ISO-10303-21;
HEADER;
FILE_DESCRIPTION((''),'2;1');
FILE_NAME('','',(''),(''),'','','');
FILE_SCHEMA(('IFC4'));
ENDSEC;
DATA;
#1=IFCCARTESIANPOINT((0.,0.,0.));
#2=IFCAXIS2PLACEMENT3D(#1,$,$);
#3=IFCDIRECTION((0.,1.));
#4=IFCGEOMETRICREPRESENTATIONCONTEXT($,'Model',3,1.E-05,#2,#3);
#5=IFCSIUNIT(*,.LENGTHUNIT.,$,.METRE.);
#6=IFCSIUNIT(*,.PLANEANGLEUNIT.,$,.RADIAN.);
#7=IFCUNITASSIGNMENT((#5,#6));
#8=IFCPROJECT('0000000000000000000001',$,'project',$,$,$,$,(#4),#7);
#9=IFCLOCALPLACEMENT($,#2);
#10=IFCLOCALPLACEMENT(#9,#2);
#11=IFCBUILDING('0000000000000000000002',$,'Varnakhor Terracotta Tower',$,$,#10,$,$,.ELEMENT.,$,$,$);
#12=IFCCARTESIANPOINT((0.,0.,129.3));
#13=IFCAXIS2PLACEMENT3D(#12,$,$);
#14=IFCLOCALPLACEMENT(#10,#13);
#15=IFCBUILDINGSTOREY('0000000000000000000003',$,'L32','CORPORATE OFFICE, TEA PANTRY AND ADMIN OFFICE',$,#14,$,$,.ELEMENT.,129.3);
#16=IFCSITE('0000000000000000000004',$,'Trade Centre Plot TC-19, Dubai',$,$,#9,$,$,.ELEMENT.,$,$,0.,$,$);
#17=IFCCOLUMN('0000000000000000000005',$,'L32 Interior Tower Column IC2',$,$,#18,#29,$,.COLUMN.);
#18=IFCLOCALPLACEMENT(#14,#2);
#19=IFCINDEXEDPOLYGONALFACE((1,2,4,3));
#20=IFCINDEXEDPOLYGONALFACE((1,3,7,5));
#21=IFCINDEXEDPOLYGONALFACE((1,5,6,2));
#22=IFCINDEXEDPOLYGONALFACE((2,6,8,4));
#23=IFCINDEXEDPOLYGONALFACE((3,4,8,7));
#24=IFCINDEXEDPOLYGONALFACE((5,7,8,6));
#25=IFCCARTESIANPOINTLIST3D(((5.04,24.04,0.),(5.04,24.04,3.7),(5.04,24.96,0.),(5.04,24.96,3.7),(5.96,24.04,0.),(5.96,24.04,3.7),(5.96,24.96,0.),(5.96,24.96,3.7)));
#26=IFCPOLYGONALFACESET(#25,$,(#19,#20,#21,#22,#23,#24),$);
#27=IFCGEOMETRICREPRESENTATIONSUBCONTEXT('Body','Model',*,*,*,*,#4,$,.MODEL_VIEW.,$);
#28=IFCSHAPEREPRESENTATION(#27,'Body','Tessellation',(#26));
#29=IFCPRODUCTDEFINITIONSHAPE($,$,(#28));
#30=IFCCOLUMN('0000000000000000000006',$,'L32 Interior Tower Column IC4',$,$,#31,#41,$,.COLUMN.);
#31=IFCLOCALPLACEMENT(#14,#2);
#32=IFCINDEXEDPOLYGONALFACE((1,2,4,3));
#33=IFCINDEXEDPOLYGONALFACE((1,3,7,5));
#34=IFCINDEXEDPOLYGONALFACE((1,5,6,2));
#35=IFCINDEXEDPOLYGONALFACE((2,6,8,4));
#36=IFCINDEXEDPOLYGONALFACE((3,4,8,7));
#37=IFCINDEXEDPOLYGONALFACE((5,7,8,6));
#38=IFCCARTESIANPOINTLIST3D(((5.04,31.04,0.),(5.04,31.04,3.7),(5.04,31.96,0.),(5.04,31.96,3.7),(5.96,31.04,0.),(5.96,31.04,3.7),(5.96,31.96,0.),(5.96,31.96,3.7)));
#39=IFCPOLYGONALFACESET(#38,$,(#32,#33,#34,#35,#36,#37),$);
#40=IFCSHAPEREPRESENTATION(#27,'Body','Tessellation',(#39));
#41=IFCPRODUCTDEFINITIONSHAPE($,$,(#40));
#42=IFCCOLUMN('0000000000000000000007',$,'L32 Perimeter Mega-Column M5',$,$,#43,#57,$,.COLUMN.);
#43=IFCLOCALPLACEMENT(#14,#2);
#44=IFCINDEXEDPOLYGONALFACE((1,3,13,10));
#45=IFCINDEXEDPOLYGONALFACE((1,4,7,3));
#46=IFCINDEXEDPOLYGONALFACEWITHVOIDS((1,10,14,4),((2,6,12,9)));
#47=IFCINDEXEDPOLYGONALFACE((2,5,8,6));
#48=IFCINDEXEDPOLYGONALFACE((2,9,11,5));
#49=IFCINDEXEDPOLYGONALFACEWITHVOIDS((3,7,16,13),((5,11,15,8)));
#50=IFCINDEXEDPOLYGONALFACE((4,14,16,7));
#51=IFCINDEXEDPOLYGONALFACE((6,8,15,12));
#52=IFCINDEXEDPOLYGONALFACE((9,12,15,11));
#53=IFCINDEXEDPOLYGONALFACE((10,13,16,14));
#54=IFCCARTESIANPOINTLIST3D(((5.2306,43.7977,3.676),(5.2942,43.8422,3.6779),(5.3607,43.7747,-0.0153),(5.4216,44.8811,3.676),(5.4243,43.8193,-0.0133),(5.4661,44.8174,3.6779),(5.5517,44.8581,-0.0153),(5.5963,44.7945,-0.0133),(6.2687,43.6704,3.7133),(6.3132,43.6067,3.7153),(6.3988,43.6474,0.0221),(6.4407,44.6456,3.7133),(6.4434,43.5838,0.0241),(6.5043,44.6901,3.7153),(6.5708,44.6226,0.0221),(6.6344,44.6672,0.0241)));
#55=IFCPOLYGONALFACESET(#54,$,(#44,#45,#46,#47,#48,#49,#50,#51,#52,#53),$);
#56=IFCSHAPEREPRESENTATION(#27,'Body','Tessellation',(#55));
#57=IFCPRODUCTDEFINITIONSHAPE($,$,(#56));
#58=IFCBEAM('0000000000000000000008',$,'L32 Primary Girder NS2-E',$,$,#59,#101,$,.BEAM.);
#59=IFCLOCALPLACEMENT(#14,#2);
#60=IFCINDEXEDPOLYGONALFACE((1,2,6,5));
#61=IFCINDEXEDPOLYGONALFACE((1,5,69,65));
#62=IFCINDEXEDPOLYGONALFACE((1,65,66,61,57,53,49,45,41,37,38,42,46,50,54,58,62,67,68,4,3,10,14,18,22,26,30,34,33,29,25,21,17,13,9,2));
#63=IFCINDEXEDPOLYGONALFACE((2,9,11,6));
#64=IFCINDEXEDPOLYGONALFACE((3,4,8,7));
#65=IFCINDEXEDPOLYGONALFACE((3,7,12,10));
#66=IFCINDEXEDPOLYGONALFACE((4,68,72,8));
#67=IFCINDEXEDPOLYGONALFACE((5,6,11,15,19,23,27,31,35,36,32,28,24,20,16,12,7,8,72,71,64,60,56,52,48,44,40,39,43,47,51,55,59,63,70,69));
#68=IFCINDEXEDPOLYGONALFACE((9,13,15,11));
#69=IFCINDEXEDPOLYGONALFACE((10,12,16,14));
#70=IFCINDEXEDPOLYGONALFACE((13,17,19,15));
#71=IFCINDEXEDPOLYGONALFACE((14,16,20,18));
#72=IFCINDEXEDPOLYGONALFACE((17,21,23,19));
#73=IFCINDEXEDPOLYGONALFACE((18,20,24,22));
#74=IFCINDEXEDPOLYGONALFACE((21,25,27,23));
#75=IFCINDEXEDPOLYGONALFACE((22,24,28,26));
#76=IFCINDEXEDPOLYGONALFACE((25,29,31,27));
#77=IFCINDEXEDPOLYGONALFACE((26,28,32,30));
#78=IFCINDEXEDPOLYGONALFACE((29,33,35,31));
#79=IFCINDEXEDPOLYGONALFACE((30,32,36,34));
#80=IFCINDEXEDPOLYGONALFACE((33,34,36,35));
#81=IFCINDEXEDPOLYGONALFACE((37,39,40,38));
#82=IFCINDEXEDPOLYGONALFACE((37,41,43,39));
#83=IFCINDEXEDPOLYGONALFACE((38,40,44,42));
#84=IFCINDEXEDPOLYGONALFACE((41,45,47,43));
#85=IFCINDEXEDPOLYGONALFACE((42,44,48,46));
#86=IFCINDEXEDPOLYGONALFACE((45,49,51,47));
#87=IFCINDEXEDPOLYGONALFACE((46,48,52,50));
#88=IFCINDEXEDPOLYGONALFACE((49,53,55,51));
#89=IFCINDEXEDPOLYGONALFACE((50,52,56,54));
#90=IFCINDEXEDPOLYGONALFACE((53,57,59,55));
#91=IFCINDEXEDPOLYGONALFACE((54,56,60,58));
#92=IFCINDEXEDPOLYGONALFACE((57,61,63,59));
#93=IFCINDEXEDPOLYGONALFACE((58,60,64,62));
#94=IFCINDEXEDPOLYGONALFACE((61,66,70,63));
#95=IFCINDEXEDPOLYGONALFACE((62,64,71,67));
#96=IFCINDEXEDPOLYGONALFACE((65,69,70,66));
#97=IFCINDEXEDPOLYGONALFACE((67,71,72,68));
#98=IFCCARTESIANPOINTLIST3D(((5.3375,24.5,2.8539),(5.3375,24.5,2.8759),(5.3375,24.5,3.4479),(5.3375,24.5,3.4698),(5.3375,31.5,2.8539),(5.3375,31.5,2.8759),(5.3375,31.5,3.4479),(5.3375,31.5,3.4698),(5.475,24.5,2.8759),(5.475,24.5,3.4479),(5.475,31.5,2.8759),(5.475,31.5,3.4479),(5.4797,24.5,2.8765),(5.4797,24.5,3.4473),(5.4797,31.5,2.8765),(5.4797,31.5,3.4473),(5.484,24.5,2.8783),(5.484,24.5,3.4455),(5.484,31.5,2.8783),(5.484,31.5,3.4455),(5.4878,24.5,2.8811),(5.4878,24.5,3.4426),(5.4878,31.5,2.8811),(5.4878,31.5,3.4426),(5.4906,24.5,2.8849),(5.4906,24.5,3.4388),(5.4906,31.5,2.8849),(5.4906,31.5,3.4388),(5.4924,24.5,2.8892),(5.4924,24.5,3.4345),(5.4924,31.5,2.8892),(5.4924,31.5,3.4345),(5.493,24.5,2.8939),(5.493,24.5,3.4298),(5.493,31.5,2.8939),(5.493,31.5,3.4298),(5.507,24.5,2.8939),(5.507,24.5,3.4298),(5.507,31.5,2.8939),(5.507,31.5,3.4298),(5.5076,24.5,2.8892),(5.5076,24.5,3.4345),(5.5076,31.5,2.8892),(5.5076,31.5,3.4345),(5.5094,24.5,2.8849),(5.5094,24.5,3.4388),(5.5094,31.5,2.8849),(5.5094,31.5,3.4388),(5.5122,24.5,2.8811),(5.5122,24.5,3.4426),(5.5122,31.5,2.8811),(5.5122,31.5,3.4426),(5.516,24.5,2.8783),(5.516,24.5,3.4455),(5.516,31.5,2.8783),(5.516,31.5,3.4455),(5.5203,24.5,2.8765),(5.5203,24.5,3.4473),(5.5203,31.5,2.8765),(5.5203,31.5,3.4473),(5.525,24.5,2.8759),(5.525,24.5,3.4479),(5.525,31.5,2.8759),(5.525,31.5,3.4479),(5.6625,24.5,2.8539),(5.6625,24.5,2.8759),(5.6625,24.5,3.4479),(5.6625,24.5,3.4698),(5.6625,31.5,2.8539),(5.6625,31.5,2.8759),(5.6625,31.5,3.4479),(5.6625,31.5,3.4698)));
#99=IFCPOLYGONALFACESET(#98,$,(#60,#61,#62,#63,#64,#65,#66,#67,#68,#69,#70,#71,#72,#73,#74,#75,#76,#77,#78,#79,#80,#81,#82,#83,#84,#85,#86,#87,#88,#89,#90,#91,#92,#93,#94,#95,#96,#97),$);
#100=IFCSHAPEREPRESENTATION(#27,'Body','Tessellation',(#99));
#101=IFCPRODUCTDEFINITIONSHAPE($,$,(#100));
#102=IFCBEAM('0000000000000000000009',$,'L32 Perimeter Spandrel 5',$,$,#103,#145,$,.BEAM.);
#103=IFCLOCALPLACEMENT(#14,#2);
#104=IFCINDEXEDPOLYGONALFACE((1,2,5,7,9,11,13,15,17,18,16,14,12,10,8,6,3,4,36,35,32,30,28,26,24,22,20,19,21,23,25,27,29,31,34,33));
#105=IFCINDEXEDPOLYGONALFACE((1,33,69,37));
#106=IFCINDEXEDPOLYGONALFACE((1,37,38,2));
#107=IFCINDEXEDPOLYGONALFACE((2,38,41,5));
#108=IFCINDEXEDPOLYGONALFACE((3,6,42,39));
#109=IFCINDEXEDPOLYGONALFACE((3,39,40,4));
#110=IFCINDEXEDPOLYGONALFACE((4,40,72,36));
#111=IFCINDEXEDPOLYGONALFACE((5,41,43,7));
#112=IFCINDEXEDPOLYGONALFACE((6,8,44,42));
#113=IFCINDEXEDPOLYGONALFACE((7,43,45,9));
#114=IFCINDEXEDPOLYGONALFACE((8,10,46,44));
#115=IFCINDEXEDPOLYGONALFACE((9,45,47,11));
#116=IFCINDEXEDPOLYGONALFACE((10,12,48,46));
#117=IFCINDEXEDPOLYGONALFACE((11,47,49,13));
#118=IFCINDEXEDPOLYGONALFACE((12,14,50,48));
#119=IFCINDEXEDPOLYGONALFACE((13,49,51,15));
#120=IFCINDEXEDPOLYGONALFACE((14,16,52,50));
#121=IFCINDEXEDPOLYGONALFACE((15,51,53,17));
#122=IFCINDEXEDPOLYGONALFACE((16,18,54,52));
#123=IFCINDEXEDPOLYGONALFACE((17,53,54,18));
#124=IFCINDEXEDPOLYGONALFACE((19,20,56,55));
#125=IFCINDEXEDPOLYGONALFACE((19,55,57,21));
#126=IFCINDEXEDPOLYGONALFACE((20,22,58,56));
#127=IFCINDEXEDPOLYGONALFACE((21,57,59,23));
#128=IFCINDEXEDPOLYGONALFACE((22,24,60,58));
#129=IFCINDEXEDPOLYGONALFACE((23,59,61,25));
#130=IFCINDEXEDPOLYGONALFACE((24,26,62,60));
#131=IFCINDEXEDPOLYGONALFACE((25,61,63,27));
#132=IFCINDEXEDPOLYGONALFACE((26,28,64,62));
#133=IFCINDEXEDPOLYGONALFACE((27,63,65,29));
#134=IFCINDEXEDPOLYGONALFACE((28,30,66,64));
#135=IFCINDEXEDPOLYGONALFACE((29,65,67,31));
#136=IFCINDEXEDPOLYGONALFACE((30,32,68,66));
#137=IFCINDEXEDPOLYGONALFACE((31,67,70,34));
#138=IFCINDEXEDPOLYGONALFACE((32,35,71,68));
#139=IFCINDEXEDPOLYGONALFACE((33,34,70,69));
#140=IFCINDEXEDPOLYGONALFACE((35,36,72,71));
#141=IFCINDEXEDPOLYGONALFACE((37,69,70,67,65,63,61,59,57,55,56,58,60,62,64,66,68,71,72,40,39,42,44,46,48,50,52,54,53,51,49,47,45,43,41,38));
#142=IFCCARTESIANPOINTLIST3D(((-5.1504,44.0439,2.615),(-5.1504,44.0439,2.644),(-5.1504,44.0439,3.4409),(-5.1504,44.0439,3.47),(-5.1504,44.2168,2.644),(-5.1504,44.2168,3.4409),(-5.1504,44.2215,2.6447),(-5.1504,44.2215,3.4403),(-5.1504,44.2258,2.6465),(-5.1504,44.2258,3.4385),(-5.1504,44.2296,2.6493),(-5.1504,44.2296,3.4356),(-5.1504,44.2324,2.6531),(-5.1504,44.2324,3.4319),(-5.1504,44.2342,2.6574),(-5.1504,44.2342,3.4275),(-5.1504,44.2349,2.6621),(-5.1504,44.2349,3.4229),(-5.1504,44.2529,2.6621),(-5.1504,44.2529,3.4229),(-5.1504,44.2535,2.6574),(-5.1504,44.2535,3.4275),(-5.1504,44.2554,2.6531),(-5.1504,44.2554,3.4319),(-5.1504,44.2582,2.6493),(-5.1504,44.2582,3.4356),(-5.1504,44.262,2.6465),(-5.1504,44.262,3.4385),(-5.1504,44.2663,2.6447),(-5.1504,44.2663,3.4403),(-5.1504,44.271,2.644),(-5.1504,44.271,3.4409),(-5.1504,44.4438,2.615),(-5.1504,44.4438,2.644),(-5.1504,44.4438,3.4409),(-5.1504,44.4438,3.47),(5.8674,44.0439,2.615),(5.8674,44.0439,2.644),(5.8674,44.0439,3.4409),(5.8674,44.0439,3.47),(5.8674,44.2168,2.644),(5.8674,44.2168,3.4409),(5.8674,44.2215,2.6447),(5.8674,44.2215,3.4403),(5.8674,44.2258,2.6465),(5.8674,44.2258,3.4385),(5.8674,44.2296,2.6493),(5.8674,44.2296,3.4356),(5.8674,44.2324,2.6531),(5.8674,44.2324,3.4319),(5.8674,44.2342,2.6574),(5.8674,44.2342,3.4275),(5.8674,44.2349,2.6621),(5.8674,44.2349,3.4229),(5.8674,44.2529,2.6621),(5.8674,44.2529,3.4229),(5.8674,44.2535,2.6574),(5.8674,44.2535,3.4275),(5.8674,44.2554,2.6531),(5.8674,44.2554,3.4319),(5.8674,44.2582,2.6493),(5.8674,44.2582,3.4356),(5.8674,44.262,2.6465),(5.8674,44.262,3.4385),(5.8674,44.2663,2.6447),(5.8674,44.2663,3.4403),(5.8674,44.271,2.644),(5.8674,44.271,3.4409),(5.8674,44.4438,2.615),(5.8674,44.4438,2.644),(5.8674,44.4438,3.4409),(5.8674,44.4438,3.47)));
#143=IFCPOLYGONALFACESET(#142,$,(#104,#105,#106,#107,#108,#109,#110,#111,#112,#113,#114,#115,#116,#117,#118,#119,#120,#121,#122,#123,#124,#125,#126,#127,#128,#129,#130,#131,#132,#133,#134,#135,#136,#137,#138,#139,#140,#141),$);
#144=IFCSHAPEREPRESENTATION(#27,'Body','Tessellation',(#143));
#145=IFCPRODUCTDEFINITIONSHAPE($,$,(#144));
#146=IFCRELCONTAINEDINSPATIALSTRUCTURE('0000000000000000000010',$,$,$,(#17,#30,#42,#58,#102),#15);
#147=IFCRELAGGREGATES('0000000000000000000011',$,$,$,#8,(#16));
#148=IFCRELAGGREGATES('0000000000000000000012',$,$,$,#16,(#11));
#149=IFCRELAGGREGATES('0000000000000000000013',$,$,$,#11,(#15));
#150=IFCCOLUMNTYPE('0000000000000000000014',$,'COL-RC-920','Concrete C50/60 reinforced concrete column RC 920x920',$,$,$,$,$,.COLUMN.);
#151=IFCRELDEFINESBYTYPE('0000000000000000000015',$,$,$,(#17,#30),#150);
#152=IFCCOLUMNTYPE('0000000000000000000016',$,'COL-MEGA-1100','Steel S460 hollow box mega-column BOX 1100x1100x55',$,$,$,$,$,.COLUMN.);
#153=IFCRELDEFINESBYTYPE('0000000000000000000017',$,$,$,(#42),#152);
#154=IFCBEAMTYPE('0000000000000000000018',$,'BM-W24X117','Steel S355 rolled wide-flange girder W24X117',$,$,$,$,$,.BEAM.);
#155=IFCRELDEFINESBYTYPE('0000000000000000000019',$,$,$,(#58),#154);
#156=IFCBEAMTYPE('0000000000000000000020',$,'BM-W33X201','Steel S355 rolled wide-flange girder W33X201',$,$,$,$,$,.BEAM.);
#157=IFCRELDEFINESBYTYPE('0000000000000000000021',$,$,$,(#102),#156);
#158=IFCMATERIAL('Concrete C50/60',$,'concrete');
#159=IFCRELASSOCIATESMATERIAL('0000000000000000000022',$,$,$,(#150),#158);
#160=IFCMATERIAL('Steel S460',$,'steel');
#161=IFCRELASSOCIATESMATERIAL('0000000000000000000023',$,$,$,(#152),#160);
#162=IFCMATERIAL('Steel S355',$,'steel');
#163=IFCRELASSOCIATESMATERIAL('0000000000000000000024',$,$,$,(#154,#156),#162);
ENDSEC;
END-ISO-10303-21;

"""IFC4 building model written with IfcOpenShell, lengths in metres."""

from ifc_helpers import new_model, si_unit, direction, frame, origin, origin_2d, place, context, subcontext, project, spatial, rectangle, hollow_rectangle, i_section, extrude, source, transform, mapped, material, material_profile, profile_set, type_object, element, save


model = new_model("IFC4")

# Units and contexts
model_context = context("Model", 3, precision=1e-05, world=origin(), true_north=direction((0.0, 1.0)))
body_context = subcontext(model_context, "Body", "Model", "MODEL_VIEW")
ifc_project = project(units=[si_unit("LENGTHUNIT", "METRE"), si_unit("PLANEANGLEUNIT", "RADIAN")], contexts=[model_context])

# Site, building, storey
site_placement = place(None, origin())
site = spatial("IfcSite", under=ifc_project, at=site_placement, Name="Trade Centre Plot TC-19, Dubai", CompositionType="ELEMENT", RefElevation=0.0)
building_placement = place(site_placement, origin())
building = spatial("IfcBuilding", under=site, at=building_placement, Name="Varnakhor Terracotta Tower", CompositionType="ELEMENT")
storey_placement = place(building_placement, frame((0.0, 0.0, 129.3)))
storey = spatial("IfcBuildingStorey", under=building, at=storey_placement, Name="L32", Description="CORPORATE OFFICE, TEA PANTRY AND ADMIN OFFICE", CompositionType="ELEMENT", Elevation=129.3)

# Columns
ifc_material_1 = material(Name="Concrete C50/60", Category="concrete")
ifc_material_profile_1 = material_profile(ifc_material_1, rectangle(XDim=0.9199, YDim=0.9199, at=origin_2d()), Name="RC 920x920")
ifc_profile_set_1 = profile_set([ifc_material_profile_1], Name="Concrete C50/60")
column_type_1 = type_object("IfcColumnType", Name="COL-RC-920", Description="Concrete C50/60 reinforced concrete column RC 920x920", PredefinedType="COLUMN", material=ifc_profile_set_1)
shared_shape_1 = source(origin(), body_context, "Body", "SweptSolid", [
    extrude(rectangle(XDim=0.9199, YDim=0.9199, at=origin_2d()), origin(), (0.0, 0.0, 1.0), 3.7),
])
for number, where, z_axis, x_axis, name in (
    (1, (5.5, 24.5, 0.0), (0.0, 0.0, 1.0), (1.0, 0.0, 0.0), "L32 Interior Tower Column IC2"),
    (2, (5.5, 31.5, 0.0), (0.0, 0.0, 1.0), (1.0, 0.0, 0.0), "L32 Interior Tower Column IC4"),
):
    element("IfcColumn", number, at=place(storey_placement, frame(where, z_axis=z_axis, x_axis=x_axis)), inside=storey, type_object=column_type_1, Name=name, PredefinedType="COLUMN", context=body_context, shape_type="MappedRepresentation", body=[
        mapped(shared_shape_1, transform((0.0, 0.0, 0.0), scale=1.0)),
    ])
ifc_material_2 = material(Name="Steel S460", Category="steel")
ifc_material_profile_2 = material_profile(ifc_material_2, hollow_rectangle(XDim=1.1001, YDim=1.1001, WallThickness=0.0549, at=origin_2d()), Name="BOX 1100x1100x55")
ifc_profile_set_2 = profile_set([ifc_material_profile_2], Name="Steel S460")
column_type_2 = type_object("IfcColumnType", Name="COL-MEGA-1100", Description="Steel S460 hollow box mega-column BOX 1100x1100x55", PredefinedType="COLUMN", material=ifc_profile_set_2)
shared_shape_2 = source(origin(), body_context, "Body", "SweptSolid", [
    extrude(hollow_rectangle(XDim=1.1001, YDim=1.1001, WallThickness=0.0549, at=origin_2d()), origin(), (0.0, 0.0, 1.0), 3.6936),
])
column_placement = place(storey_placement, frame((5.9976, 44.2209, 0.0044), z_axis=(-0.035231, 0.006213, 0.99936), x_axis=(-0.17368, -0.984802, 0.0)))
element("IfcColumn", 3, at=column_placement, inside=storey, type_object=column_type_2, Name="L32 Perimeter Mega-Column M5", PredefinedType="COLUMN", context=body_context, shape_type="MappedRepresentation", body=[
    mapped(shared_shape_2, transform((0.0, 0.0, 0.0), scale=1.0)),
])

# Beams
ifc_material_3 = material(Name="Steel S355", Category="steel")
ifc_material_profile_3 = material_profile(ifc_material_3, i_section(OverallWidth=0.325, OverallDepth=0.616, WebThickness=0.0139, FlangeThickness=0.022, FilletRadius=0.0181, at=origin_2d()), Name="W24X117")
ifc_profile_set_3 = profile_set([ifc_material_profile_3], Name="Steel S355")
beam_type_1 = type_object("IfcBeamType", Name="BM-W24X117", Description="Steel S355 rolled wide-flange girder W24X117", PredefinedType="BEAM", material=ifc_profile_set_3)
shared_shape_3 = source(origin(), body_context, "Body", "SweptSolid", [
    extrude(i_section(OverallWidth=0.325, OverallDepth=0.616, WebThickness=0.0139, FlangeThickness=0.022, FilletRadius=0.0181, at=origin_2d()), origin(), (0.0, 0.0, 1.0), 7.0),
])
beam_1_placement = place(storey_placement, frame((5.5, 24.5, 3.1619), z_axis=(0.0, 1.0, 0.0), x_axis=(-1.0, 0.0, 0.0)))
element("IfcBeam", 4, at=beam_1_placement, inside=storey, type_object=beam_type_1, Name="L32 Primary Girder NS2-E", PredefinedType="BEAM", context=body_context, shape_type="MappedRepresentation", body=[
    mapped(shared_shape_3, transform((0.0, 0.0, 0.0), scale=1.0)),
])
ifc_material_profile_4 = material_profile(ifc_material_3, i_section(OverallWidth=0.3999, OverallDepth=0.855, WebThickness=0.0181, FlangeThickness=0.0291, FilletRadius=0.0181, at=origin_2d()), Name="W33X201")
ifc_profile_set_4 = profile_set([ifc_material_profile_4], Name="Steel S355")
beam_type_2 = type_object("IfcBeamType", Name="BM-W33X201", Description="Steel S355 rolled wide-flange girder W33X201", PredefinedType="BEAM", material=ifc_profile_set_4)
shared_shape_4 = source(origin(), body_context, "Body", "SweptSolid", [
    extrude(i_section(OverallWidth=0.3999, OverallDepth=0.855, WebThickness=0.0181, FlangeThickness=0.0291, FilletRadius=0.0181, at=origin_2d()), origin(), (0.0, 0.0, 1.0), 11.0178),
])
beam_2_placement = place(storey_placement, frame((5.8674, 44.2439, 3.0425), z_axis=(-1.0, 0.0, 0.0), x_axis=(0.0, -1.0, 0.0)))
element("IfcBeam", 5, at=beam_2_placement, inside=storey, type_object=beam_type_2, Name="L32 Perimeter Spandrel 5", PredefinedType="BEAM", context=body_context, shape_type="MappedRepresentation", body=[
    mapped(shared_shape_4, transform((0.0, 0.0, 0.0), scale=1.0)),
])

save(model, "model.ifc")
